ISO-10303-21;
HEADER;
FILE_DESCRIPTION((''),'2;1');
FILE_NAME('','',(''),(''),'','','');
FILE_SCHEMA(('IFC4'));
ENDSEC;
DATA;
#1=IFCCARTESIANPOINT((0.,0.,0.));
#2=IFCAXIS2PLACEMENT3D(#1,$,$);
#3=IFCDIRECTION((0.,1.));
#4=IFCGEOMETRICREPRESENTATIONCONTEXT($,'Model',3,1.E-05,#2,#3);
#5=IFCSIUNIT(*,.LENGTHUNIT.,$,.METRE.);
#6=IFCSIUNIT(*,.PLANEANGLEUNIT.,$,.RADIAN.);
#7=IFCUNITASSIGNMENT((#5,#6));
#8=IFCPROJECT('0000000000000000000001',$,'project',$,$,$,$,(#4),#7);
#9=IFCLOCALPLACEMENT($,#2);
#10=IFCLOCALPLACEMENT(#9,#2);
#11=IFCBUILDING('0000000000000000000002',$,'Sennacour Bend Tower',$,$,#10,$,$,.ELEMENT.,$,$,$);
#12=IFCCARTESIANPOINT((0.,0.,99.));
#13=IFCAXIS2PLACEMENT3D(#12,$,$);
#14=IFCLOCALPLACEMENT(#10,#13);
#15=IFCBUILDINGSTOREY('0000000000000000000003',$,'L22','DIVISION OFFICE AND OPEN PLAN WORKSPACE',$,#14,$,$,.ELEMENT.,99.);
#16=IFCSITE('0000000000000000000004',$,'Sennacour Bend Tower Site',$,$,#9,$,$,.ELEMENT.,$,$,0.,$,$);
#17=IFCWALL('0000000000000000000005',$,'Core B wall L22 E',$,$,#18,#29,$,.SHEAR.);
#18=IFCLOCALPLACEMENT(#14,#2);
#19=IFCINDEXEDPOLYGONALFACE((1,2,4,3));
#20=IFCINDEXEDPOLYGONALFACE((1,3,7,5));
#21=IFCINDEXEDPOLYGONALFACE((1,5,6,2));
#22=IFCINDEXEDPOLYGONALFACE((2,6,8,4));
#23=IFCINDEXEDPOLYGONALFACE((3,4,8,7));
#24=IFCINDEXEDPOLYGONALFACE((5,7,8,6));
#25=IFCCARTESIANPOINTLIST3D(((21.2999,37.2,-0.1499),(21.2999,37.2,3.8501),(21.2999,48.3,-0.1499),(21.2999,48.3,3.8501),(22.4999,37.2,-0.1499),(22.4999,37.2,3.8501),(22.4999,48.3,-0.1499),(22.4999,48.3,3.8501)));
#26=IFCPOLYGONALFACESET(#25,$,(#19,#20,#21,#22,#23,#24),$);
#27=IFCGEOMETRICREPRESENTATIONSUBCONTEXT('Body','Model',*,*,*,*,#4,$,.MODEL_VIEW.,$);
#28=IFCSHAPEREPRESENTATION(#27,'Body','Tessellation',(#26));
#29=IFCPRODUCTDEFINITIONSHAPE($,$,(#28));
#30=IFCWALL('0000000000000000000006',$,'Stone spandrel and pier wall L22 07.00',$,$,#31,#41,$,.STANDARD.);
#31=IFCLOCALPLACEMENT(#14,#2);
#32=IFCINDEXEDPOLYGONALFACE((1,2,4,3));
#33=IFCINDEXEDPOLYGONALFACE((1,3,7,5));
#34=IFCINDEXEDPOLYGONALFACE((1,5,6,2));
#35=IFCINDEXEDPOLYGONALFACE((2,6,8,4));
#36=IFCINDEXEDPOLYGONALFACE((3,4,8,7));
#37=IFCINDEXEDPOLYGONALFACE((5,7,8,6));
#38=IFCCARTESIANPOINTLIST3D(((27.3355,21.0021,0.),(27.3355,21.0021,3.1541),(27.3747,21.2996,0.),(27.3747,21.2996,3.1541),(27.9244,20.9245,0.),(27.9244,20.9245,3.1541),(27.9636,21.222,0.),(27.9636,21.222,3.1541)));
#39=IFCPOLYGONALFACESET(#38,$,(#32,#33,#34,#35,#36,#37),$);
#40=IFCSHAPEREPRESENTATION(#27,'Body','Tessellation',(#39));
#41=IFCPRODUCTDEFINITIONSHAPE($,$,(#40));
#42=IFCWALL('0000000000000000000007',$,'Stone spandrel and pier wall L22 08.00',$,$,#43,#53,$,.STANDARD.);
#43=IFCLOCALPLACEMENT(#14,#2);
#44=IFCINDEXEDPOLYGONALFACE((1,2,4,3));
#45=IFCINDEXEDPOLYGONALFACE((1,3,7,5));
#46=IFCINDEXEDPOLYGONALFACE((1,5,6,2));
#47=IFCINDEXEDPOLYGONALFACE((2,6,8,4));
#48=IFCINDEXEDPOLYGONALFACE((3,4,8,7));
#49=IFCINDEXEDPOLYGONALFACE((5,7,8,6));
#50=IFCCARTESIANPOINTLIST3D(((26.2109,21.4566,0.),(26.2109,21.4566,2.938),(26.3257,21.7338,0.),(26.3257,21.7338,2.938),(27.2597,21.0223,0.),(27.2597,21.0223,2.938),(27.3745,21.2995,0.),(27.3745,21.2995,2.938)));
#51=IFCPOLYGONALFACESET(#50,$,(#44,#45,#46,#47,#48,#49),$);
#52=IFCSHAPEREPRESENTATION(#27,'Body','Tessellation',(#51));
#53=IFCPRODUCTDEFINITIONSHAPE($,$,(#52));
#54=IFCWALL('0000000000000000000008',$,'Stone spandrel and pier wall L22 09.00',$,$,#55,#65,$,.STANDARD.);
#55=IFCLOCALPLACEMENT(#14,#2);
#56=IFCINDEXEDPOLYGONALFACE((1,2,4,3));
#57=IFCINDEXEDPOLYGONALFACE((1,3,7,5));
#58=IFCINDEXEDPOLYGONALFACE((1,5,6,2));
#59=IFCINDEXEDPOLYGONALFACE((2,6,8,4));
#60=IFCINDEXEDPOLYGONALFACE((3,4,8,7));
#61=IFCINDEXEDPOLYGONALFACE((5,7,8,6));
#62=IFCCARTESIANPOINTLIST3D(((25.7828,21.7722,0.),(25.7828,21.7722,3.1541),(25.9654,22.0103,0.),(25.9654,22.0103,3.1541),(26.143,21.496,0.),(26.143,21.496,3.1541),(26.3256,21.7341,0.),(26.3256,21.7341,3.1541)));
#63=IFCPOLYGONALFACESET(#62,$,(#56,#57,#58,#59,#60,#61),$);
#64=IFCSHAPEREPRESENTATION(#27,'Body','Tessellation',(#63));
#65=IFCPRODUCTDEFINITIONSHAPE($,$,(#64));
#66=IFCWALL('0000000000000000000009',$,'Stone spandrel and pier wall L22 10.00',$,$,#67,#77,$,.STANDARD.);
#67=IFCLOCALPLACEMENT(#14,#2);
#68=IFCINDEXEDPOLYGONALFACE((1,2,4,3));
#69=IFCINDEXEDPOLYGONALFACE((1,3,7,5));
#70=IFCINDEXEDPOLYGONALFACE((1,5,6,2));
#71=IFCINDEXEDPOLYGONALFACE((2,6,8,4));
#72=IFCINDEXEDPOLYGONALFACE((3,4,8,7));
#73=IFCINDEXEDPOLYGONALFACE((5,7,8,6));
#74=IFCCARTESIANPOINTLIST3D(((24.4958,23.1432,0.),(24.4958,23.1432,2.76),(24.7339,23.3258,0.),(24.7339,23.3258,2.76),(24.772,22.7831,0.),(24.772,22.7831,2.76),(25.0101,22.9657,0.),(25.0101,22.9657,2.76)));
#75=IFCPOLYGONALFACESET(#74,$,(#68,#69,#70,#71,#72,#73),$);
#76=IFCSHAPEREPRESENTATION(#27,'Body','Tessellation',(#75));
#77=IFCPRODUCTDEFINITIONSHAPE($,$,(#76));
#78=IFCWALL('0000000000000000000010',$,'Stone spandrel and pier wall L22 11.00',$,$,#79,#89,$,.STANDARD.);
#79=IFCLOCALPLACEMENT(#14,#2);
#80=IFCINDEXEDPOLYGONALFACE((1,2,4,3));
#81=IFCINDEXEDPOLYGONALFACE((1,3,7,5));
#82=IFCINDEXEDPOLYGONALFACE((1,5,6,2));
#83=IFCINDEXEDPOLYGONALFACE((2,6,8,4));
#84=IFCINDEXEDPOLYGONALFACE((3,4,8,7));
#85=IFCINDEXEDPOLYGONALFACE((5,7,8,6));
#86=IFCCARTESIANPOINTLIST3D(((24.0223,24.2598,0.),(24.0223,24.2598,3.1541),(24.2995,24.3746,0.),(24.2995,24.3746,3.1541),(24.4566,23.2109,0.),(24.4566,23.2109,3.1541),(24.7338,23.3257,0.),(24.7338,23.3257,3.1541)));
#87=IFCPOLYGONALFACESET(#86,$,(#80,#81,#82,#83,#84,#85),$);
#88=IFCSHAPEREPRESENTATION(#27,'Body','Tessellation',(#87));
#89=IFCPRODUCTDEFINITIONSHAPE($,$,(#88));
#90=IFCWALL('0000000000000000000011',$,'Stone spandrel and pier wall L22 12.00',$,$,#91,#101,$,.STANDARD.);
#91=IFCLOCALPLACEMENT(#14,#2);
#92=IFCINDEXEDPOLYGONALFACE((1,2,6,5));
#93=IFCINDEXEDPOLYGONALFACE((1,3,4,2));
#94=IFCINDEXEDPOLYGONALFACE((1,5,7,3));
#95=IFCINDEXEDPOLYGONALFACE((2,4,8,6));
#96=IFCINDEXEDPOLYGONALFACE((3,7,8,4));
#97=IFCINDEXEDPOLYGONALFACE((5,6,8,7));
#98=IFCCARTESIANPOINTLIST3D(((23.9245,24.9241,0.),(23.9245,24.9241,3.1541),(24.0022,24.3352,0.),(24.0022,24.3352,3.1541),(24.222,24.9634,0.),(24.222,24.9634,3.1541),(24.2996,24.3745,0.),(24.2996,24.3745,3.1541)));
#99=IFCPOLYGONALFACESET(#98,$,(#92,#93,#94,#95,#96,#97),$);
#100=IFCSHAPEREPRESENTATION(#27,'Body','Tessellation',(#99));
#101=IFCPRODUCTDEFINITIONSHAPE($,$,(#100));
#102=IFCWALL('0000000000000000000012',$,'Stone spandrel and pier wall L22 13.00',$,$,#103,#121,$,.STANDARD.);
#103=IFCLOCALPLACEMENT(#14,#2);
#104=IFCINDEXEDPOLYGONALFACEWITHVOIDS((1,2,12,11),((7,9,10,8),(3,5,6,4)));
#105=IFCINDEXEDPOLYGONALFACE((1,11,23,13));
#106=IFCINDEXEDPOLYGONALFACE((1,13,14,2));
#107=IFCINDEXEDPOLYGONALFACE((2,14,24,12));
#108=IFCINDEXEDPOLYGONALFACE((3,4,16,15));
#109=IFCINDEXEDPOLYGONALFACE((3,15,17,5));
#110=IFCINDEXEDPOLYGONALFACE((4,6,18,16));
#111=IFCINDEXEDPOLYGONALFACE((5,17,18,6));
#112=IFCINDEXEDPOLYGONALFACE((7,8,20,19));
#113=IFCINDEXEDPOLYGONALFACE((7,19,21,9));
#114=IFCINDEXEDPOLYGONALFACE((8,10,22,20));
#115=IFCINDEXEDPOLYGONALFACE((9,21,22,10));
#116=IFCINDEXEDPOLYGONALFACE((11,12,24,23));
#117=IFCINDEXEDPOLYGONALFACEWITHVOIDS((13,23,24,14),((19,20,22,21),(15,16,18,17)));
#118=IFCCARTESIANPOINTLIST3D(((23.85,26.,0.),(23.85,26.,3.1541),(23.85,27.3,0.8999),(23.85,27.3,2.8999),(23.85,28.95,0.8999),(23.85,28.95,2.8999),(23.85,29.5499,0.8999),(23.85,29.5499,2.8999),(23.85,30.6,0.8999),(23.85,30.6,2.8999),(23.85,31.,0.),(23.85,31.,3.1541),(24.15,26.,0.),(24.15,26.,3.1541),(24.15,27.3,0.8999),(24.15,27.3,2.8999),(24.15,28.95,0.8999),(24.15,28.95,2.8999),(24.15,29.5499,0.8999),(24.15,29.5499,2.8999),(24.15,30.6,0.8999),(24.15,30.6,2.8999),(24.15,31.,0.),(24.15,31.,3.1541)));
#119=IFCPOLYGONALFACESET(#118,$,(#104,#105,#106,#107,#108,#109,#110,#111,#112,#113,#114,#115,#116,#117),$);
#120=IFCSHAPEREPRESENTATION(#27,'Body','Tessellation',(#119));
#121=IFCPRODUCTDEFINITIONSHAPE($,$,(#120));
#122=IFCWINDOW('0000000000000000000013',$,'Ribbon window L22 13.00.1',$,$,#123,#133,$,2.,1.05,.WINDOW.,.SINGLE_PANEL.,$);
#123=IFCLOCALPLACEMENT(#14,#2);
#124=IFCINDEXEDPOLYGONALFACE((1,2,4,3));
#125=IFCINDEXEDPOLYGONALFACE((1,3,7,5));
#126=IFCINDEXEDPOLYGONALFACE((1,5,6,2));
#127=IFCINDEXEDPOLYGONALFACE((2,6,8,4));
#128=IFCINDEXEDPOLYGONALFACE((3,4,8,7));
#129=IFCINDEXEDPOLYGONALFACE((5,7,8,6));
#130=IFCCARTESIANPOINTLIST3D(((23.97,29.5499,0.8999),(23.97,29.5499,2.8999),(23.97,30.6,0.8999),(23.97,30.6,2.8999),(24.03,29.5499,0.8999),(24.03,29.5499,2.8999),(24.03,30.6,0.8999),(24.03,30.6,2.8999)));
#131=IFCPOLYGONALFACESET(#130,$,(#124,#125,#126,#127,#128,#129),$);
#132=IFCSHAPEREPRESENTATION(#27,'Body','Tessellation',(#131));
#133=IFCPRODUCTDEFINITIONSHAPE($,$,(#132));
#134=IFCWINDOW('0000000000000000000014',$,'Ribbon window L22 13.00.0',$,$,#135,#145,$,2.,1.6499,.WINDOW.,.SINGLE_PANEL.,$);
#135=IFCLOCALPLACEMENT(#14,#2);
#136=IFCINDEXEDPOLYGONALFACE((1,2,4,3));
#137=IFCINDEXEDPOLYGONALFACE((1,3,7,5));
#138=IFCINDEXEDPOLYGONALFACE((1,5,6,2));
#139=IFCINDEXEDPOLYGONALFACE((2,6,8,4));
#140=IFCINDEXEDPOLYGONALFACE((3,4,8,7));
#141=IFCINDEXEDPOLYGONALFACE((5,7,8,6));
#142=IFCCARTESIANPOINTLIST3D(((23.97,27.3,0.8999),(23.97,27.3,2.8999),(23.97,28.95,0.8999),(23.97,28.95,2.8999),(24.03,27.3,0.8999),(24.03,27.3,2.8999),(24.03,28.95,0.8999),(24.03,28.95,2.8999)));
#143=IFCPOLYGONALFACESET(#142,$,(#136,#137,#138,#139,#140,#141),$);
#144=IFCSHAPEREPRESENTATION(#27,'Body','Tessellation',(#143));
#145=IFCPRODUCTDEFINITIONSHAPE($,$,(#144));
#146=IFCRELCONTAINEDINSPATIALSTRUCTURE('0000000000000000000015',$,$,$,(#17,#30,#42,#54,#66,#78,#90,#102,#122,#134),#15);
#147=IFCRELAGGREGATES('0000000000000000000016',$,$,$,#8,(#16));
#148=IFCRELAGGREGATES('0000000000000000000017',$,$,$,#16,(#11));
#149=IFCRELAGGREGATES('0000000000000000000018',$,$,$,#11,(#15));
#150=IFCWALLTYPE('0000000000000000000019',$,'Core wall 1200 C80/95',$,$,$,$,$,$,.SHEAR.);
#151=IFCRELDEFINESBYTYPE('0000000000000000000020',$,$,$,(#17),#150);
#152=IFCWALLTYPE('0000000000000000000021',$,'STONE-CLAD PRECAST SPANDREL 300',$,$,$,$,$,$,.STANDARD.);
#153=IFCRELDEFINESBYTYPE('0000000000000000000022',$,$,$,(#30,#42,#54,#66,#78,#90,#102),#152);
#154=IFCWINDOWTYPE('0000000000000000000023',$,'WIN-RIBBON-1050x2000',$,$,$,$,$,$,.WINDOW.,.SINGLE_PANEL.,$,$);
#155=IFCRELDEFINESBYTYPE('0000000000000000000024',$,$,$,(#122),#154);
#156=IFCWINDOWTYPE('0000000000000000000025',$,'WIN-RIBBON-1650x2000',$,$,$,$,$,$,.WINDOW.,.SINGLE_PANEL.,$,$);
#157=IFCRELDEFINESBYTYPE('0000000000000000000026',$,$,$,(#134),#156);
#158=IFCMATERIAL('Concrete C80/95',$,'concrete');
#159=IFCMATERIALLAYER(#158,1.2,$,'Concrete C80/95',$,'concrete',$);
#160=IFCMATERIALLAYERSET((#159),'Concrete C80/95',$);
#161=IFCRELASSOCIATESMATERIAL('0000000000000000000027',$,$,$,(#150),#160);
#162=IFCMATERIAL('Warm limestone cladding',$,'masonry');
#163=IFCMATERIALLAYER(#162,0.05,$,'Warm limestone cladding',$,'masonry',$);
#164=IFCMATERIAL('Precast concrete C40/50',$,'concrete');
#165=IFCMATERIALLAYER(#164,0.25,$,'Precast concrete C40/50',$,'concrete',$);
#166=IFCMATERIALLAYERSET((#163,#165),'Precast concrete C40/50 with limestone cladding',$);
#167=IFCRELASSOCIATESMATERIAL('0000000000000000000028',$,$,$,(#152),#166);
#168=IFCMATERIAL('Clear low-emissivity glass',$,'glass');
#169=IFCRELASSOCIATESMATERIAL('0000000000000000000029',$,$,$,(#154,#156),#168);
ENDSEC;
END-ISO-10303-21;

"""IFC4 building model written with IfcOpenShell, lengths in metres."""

from ifc_helpers import new_model, si_unit, direction, frame, frame_2d, origin, place, context, subcontext, project, spatial, rectangle, extrude, material, layer, layer_set, type_object, element, fill, save


model = new_model("IFC4")

# Units and contexts
model_context = context("Model", 3, precision=1e-05, world=origin(), true_north=direction((0.0, 1.0)))
body_context = subcontext(model_context, "Body", "Model", "MODEL_VIEW")
ifc_project = project(units=[si_unit("LENGTHUNIT", "METRE"), si_unit("PLANEANGLEUNIT", "RADIAN")], contexts=[model_context])

# Site, building, storey
site_placement = place(None, origin())
site = spatial("IfcSite", under=ifc_project, at=site_placement, Name="Sennacour Bend Tower Site", CompositionType="ELEMENT", RefElevation=0.0)
building_placement = place(site_placement, origin())
building = spatial("IfcBuilding", under=site, at=building_placement, Name="Sennacour Bend Tower", CompositionType="ELEMENT")
storey_placement = place(building_placement, frame((0.0, 0.0, 99.0)))
storey = spatial("IfcBuildingStorey", under=building, at=storey_placement, Name="L22", Description="DIVISION OFFICE AND OPEN PLAN WORKSPACE", CompositionType="ELEMENT", Elevation=99.0)

# Walls
ifc_material_1 = material(Name="Concrete C80/95", Category="concrete")
ifc_layer_1 = layer(ifc_material_1, 1.2, Name="Concrete C80/95", Category="concrete")
ifc_layer_set_1 = layer_set([ifc_layer_1], Name="Concrete C80/95")
wall_type_1 = type_object("IfcWallType", Name="Core wall 1200 C80/95", PredefinedType="SHEAR", material=ifc_layer_set_1)
wall_1_placement = place(storey_placement, frame((21.8999, 37.2, -0.1499), z_axis=(0.0, 0.0, 1.0), x_axis=(0.0, 1.0, 0.0)))
element("IfcWall", 1, at=wall_1_placement, inside=storey, type_object=wall_type_1, Name="Core B wall L22 E", PredefinedType="SHEAR", context=body_context, shape_type="SweptSolid", body=[
    extrude(rectangle(XDim=11.1001, YDim=1.2, at=frame_2d((5.55, 0.0))), origin(), (0.0, 0.0, 1.0), 4.0),
])
ifc_material_2 = material(Name="Warm limestone cladding", Category="masonry")
ifc_layer_2 = layer(ifc_material_2, 0.05, Name="Warm limestone cladding", Category="masonry")
ifc_material_3 = material(Name="Precast concrete C40/50", Category="concrete")
ifc_layer_3 = layer(ifc_material_3, 0.25, Name="Precast concrete C40/50", Category="concrete")
ifc_layer_set_2 = layer_set([ifc_layer_2, ifc_layer_3], Name="Precast concrete C40/50 with limestone cladding")
wall_type_2 = type_object("IfcWallType", Name="STONE-CLAD PRECAST SPANDREL 300", PredefinedType="STANDARD", material=ifc_layer_set_2)
wall_2_placement = place(storey_placement, frame((27.9438, 21.0732, 0.0), z_axis=(0.0, 0.0, 1.0), x_axis=(-0.991421, 0.13071, 0.0)))
element("IfcWall", 2, at=wall_2_placement, inside=storey, type_object=wall_type_2, Name="Stone spandrel and pier wall L22 07.00", PredefinedType="STANDARD", context=body_context, shape_type="SweptSolid", body=[
    extrude(rectangle(XDim=0.594, YDim=0.3, at=frame_2d((0.2969, 0.0))), origin(), (0.0, 0.0, 1.0), 3.1541),
])
wall_3_placement = place(storey_placement, frame((27.3171, 21.1609, 0.0), z_axis=(0.0, 0.0, 1.0), x_axis=(-0.923915, 0.382599, 0.0)))
element("IfcWall", 3, at=wall_3_placement, inside=storey, type_object=wall_type_2, Name="Stone spandrel and pier wall L22 08.00", PredefinedType="STANDARD", context=body_context, shape_type="SweptSolid", body=[
    extrude(rectangle(XDim=1.1353, YDim=0.3, at=frame_2d((0.5676, 0.0))), origin(), (0.0, 0.0, 1.0), 2.938),
])
wall_4_placement = place(storey_placement, frame((26.2344, 21.615, 0.0), z_axis=(0.0, 0.0, 1.0), x_axis=(-0.793563, 0.608488, 0.0)))
element("IfcWall", 4, at=wall_4_placement, inside=storey, type_object=wall_type_2, Name="Stone spandrel and pier wall L22 09.00", PredefinedType="STANDARD", context=body_context, shape_type="SweptSolid", body=[
    extrude(rectangle(XDim=0.4539, YDim=0.3, at=frame_2d((0.2271, 0.0))), origin(), (0.0, 0.0, 1.0), 3.1541),
])
wall_5_placement = place(storey_placement, frame((24.8911, 22.8743, 0.0), z_axis=(0.0, 0.0, 1.0), x_axis=(-0.608488, 0.793563, 0.0)))
element("IfcWall", 5, at=wall_5_placement, inside=storey, type_object=wall_type_2, Name="Stone spandrel and pier wall L22 10.00", PredefinedType="STANDARD", context=body_context, shape_type="SweptSolid", body=[
    extrude(rectangle(XDim=0.4539, YDim=0.3, at=frame_2d((0.2271, 0.0))), origin(), (0.0, 0.0, 1.0), 2.76),
])
wall_6_placement = place(storey_placement, frame((24.5952, 23.2683, 0.0), z_axis=(0.0, 0.0, 1.0), x_axis=(-0.382599, 0.923915, 0.0)))
element("IfcWall", 6, at=wall_6_placement, inside=storey, type_object=wall_type_2, Name="Stone spandrel and pier wall L22 11.00", PredefinedType="STANDARD", context=body_context, shape_type="SweptSolid", body=[
    extrude(rectangle(XDim=1.1353, YDim=0.3, at=frame_2d((0.5676, 0.0))), origin(), (0.0, 0.0, 1.0), 3.1541),
])
wall_7_placement = place(storey_placement, frame((24.1509, 24.355, 0.0), z_axis=(0.0, 0.0, 1.0), x_axis=(-0.13071, 0.991421, 0.0)))
element("IfcWall", 7, at=wall_7_placement, inside=storey, type_object=wall_type_2, Name="Stone spandrel and pier wall L22 12.00", PredefinedType="STANDARD", context=body_context, shape_type="SweptSolid", body=[
    extrude(rectangle(XDim=0.594, YDim=0.3, at=frame_2d((0.2969, 0.0))), origin(), (0.0, 0.0, 1.0), 3.1541),
])

# Wall, openings, windows
wall_8_placement = place(storey_placement, frame((24.0, 26.0, 0.0), z_axis=(0.0, 0.0, 1.0), x_axis=(0.0, 1.0, 0.0)))
wall_8 = element("IfcWall", 8, at=wall_8_placement, inside=storey, type_object=wall_type_2, Name="Stone spandrel and pier wall L22 13.00", PredefinedType="STANDARD", context=body_context, shape_type="SweptSolid", body=[
    extrude(rectangle(XDim=5.0, YDim=0.3, at=frame_2d((2.5, 0.0))), origin(), (0.0, 0.0, 1.0), 3.1541),
])
opening_1_placement = place(wall_8_placement, frame((1.3, 0.0, 0.8999)))
opening_1 = element("IfcOpeningElement", 9, at=opening_1_placement, cuts=wall_8, PredefinedType="OPENING", context=body_context, shape_type="SweptSolid", body=[
    extrude(rectangle(XDim=1.6499, YDim=2.0, at=frame_2d((0.825, 1.0))), frame((0.0, 0.1602, 0.0), z_axis=(0.0, -1.0, 0.0), x_axis=(1.0, 0.0, 0.0)), (0.0, 0.0, 1.0), 0.3201),
])
opening_2_placement = place(wall_8_placement, frame((3.55, 0.0, 0.8999)))
opening_2 = element("IfcOpeningElement", 10, at=opening_2_placement, cuts=wall_8, PredefinedType="OPENING", context=body_context, shape_type="SweptSolid", body=[
    extrude(rectangle(XDim=1.05, YDim=2.0, at=frame_2d((0.5249, 1.0))), frame((0.0, 0.1602, 0.0), z_axis=(0.0, -1.0, 0.0), x_axis=(1.0, 0.0, 0.0)), (0.0, 0.0, 1.0), 0.3201),
])
ifc_material_4 = material(Name="Clear low-emissivity glass", Category="glass")
window_type_1 = type_object("IfcWindowType", Name="WIN-RIBBON-1050x2000", PartitioningType="SINGLE_PANEL", PredefinedType="WINDOW", material=ifc_material_4)
window_1_placement = place(opening_2_placement, origin())
window_1 = element("IfcWindow", 11, at=window_1_placement, inside=storey, type_object=window_type_1, Name="Ribbon window L22 13.00.1", OverallHeight=2.0, OverallWidth=1.05, PartitioningType="SINGLE_PANEL", PredefinedType="WINDOW", context=body_context, shape_type="SweptSolid", body=[
    extrude(rectangle(XDim=1.05, YDim=2.0, at=frame_2d((0.5249, 1.0))), frame((0.0, 0.03, 0.0), z_axis=(0.0, -1.0, 0.0), x_axis=(1.0, 0.0, 0.0)), (0.0, 0.0, 1.0), 0.0601),
])
fill(opening_2, window_1)
window_type_2 = type_object("IfcWindowType", Name="WIN-RIBBON-1650x2000", PartitioningType="SINGLE_PANEL", PredefinedType="WINDOW", material=ifc_material_4)
window_2_placement = place(opening_1_placement, origin())
window_2 = element("IfcWindow", 12, at=window_2_placement, inside=storey, type_object=window_type_2, Name="Ribbon window L22 13.00.0", OverallHeight=2.0, OverallWidth=1.6499, PartitioningType="SINGLE_PANEL", PredefinedType="WINDOW", context=body_context, shape_type="SweptSolid", body=[
    extrude(rectangle(XDim=1.6499, YDim=2.0, at=frame_2d((0.825, 1.0))), frame((0.0, 0.03, 0.0), z_axis=(0.0, -1.0, 0.0), x_axis=(1.0, 0.0, 0.0)), (0.0, 0.0, 1.0), 0.0601),
])
fill(opening_1, window_2)

save(model, "model.ifc")
